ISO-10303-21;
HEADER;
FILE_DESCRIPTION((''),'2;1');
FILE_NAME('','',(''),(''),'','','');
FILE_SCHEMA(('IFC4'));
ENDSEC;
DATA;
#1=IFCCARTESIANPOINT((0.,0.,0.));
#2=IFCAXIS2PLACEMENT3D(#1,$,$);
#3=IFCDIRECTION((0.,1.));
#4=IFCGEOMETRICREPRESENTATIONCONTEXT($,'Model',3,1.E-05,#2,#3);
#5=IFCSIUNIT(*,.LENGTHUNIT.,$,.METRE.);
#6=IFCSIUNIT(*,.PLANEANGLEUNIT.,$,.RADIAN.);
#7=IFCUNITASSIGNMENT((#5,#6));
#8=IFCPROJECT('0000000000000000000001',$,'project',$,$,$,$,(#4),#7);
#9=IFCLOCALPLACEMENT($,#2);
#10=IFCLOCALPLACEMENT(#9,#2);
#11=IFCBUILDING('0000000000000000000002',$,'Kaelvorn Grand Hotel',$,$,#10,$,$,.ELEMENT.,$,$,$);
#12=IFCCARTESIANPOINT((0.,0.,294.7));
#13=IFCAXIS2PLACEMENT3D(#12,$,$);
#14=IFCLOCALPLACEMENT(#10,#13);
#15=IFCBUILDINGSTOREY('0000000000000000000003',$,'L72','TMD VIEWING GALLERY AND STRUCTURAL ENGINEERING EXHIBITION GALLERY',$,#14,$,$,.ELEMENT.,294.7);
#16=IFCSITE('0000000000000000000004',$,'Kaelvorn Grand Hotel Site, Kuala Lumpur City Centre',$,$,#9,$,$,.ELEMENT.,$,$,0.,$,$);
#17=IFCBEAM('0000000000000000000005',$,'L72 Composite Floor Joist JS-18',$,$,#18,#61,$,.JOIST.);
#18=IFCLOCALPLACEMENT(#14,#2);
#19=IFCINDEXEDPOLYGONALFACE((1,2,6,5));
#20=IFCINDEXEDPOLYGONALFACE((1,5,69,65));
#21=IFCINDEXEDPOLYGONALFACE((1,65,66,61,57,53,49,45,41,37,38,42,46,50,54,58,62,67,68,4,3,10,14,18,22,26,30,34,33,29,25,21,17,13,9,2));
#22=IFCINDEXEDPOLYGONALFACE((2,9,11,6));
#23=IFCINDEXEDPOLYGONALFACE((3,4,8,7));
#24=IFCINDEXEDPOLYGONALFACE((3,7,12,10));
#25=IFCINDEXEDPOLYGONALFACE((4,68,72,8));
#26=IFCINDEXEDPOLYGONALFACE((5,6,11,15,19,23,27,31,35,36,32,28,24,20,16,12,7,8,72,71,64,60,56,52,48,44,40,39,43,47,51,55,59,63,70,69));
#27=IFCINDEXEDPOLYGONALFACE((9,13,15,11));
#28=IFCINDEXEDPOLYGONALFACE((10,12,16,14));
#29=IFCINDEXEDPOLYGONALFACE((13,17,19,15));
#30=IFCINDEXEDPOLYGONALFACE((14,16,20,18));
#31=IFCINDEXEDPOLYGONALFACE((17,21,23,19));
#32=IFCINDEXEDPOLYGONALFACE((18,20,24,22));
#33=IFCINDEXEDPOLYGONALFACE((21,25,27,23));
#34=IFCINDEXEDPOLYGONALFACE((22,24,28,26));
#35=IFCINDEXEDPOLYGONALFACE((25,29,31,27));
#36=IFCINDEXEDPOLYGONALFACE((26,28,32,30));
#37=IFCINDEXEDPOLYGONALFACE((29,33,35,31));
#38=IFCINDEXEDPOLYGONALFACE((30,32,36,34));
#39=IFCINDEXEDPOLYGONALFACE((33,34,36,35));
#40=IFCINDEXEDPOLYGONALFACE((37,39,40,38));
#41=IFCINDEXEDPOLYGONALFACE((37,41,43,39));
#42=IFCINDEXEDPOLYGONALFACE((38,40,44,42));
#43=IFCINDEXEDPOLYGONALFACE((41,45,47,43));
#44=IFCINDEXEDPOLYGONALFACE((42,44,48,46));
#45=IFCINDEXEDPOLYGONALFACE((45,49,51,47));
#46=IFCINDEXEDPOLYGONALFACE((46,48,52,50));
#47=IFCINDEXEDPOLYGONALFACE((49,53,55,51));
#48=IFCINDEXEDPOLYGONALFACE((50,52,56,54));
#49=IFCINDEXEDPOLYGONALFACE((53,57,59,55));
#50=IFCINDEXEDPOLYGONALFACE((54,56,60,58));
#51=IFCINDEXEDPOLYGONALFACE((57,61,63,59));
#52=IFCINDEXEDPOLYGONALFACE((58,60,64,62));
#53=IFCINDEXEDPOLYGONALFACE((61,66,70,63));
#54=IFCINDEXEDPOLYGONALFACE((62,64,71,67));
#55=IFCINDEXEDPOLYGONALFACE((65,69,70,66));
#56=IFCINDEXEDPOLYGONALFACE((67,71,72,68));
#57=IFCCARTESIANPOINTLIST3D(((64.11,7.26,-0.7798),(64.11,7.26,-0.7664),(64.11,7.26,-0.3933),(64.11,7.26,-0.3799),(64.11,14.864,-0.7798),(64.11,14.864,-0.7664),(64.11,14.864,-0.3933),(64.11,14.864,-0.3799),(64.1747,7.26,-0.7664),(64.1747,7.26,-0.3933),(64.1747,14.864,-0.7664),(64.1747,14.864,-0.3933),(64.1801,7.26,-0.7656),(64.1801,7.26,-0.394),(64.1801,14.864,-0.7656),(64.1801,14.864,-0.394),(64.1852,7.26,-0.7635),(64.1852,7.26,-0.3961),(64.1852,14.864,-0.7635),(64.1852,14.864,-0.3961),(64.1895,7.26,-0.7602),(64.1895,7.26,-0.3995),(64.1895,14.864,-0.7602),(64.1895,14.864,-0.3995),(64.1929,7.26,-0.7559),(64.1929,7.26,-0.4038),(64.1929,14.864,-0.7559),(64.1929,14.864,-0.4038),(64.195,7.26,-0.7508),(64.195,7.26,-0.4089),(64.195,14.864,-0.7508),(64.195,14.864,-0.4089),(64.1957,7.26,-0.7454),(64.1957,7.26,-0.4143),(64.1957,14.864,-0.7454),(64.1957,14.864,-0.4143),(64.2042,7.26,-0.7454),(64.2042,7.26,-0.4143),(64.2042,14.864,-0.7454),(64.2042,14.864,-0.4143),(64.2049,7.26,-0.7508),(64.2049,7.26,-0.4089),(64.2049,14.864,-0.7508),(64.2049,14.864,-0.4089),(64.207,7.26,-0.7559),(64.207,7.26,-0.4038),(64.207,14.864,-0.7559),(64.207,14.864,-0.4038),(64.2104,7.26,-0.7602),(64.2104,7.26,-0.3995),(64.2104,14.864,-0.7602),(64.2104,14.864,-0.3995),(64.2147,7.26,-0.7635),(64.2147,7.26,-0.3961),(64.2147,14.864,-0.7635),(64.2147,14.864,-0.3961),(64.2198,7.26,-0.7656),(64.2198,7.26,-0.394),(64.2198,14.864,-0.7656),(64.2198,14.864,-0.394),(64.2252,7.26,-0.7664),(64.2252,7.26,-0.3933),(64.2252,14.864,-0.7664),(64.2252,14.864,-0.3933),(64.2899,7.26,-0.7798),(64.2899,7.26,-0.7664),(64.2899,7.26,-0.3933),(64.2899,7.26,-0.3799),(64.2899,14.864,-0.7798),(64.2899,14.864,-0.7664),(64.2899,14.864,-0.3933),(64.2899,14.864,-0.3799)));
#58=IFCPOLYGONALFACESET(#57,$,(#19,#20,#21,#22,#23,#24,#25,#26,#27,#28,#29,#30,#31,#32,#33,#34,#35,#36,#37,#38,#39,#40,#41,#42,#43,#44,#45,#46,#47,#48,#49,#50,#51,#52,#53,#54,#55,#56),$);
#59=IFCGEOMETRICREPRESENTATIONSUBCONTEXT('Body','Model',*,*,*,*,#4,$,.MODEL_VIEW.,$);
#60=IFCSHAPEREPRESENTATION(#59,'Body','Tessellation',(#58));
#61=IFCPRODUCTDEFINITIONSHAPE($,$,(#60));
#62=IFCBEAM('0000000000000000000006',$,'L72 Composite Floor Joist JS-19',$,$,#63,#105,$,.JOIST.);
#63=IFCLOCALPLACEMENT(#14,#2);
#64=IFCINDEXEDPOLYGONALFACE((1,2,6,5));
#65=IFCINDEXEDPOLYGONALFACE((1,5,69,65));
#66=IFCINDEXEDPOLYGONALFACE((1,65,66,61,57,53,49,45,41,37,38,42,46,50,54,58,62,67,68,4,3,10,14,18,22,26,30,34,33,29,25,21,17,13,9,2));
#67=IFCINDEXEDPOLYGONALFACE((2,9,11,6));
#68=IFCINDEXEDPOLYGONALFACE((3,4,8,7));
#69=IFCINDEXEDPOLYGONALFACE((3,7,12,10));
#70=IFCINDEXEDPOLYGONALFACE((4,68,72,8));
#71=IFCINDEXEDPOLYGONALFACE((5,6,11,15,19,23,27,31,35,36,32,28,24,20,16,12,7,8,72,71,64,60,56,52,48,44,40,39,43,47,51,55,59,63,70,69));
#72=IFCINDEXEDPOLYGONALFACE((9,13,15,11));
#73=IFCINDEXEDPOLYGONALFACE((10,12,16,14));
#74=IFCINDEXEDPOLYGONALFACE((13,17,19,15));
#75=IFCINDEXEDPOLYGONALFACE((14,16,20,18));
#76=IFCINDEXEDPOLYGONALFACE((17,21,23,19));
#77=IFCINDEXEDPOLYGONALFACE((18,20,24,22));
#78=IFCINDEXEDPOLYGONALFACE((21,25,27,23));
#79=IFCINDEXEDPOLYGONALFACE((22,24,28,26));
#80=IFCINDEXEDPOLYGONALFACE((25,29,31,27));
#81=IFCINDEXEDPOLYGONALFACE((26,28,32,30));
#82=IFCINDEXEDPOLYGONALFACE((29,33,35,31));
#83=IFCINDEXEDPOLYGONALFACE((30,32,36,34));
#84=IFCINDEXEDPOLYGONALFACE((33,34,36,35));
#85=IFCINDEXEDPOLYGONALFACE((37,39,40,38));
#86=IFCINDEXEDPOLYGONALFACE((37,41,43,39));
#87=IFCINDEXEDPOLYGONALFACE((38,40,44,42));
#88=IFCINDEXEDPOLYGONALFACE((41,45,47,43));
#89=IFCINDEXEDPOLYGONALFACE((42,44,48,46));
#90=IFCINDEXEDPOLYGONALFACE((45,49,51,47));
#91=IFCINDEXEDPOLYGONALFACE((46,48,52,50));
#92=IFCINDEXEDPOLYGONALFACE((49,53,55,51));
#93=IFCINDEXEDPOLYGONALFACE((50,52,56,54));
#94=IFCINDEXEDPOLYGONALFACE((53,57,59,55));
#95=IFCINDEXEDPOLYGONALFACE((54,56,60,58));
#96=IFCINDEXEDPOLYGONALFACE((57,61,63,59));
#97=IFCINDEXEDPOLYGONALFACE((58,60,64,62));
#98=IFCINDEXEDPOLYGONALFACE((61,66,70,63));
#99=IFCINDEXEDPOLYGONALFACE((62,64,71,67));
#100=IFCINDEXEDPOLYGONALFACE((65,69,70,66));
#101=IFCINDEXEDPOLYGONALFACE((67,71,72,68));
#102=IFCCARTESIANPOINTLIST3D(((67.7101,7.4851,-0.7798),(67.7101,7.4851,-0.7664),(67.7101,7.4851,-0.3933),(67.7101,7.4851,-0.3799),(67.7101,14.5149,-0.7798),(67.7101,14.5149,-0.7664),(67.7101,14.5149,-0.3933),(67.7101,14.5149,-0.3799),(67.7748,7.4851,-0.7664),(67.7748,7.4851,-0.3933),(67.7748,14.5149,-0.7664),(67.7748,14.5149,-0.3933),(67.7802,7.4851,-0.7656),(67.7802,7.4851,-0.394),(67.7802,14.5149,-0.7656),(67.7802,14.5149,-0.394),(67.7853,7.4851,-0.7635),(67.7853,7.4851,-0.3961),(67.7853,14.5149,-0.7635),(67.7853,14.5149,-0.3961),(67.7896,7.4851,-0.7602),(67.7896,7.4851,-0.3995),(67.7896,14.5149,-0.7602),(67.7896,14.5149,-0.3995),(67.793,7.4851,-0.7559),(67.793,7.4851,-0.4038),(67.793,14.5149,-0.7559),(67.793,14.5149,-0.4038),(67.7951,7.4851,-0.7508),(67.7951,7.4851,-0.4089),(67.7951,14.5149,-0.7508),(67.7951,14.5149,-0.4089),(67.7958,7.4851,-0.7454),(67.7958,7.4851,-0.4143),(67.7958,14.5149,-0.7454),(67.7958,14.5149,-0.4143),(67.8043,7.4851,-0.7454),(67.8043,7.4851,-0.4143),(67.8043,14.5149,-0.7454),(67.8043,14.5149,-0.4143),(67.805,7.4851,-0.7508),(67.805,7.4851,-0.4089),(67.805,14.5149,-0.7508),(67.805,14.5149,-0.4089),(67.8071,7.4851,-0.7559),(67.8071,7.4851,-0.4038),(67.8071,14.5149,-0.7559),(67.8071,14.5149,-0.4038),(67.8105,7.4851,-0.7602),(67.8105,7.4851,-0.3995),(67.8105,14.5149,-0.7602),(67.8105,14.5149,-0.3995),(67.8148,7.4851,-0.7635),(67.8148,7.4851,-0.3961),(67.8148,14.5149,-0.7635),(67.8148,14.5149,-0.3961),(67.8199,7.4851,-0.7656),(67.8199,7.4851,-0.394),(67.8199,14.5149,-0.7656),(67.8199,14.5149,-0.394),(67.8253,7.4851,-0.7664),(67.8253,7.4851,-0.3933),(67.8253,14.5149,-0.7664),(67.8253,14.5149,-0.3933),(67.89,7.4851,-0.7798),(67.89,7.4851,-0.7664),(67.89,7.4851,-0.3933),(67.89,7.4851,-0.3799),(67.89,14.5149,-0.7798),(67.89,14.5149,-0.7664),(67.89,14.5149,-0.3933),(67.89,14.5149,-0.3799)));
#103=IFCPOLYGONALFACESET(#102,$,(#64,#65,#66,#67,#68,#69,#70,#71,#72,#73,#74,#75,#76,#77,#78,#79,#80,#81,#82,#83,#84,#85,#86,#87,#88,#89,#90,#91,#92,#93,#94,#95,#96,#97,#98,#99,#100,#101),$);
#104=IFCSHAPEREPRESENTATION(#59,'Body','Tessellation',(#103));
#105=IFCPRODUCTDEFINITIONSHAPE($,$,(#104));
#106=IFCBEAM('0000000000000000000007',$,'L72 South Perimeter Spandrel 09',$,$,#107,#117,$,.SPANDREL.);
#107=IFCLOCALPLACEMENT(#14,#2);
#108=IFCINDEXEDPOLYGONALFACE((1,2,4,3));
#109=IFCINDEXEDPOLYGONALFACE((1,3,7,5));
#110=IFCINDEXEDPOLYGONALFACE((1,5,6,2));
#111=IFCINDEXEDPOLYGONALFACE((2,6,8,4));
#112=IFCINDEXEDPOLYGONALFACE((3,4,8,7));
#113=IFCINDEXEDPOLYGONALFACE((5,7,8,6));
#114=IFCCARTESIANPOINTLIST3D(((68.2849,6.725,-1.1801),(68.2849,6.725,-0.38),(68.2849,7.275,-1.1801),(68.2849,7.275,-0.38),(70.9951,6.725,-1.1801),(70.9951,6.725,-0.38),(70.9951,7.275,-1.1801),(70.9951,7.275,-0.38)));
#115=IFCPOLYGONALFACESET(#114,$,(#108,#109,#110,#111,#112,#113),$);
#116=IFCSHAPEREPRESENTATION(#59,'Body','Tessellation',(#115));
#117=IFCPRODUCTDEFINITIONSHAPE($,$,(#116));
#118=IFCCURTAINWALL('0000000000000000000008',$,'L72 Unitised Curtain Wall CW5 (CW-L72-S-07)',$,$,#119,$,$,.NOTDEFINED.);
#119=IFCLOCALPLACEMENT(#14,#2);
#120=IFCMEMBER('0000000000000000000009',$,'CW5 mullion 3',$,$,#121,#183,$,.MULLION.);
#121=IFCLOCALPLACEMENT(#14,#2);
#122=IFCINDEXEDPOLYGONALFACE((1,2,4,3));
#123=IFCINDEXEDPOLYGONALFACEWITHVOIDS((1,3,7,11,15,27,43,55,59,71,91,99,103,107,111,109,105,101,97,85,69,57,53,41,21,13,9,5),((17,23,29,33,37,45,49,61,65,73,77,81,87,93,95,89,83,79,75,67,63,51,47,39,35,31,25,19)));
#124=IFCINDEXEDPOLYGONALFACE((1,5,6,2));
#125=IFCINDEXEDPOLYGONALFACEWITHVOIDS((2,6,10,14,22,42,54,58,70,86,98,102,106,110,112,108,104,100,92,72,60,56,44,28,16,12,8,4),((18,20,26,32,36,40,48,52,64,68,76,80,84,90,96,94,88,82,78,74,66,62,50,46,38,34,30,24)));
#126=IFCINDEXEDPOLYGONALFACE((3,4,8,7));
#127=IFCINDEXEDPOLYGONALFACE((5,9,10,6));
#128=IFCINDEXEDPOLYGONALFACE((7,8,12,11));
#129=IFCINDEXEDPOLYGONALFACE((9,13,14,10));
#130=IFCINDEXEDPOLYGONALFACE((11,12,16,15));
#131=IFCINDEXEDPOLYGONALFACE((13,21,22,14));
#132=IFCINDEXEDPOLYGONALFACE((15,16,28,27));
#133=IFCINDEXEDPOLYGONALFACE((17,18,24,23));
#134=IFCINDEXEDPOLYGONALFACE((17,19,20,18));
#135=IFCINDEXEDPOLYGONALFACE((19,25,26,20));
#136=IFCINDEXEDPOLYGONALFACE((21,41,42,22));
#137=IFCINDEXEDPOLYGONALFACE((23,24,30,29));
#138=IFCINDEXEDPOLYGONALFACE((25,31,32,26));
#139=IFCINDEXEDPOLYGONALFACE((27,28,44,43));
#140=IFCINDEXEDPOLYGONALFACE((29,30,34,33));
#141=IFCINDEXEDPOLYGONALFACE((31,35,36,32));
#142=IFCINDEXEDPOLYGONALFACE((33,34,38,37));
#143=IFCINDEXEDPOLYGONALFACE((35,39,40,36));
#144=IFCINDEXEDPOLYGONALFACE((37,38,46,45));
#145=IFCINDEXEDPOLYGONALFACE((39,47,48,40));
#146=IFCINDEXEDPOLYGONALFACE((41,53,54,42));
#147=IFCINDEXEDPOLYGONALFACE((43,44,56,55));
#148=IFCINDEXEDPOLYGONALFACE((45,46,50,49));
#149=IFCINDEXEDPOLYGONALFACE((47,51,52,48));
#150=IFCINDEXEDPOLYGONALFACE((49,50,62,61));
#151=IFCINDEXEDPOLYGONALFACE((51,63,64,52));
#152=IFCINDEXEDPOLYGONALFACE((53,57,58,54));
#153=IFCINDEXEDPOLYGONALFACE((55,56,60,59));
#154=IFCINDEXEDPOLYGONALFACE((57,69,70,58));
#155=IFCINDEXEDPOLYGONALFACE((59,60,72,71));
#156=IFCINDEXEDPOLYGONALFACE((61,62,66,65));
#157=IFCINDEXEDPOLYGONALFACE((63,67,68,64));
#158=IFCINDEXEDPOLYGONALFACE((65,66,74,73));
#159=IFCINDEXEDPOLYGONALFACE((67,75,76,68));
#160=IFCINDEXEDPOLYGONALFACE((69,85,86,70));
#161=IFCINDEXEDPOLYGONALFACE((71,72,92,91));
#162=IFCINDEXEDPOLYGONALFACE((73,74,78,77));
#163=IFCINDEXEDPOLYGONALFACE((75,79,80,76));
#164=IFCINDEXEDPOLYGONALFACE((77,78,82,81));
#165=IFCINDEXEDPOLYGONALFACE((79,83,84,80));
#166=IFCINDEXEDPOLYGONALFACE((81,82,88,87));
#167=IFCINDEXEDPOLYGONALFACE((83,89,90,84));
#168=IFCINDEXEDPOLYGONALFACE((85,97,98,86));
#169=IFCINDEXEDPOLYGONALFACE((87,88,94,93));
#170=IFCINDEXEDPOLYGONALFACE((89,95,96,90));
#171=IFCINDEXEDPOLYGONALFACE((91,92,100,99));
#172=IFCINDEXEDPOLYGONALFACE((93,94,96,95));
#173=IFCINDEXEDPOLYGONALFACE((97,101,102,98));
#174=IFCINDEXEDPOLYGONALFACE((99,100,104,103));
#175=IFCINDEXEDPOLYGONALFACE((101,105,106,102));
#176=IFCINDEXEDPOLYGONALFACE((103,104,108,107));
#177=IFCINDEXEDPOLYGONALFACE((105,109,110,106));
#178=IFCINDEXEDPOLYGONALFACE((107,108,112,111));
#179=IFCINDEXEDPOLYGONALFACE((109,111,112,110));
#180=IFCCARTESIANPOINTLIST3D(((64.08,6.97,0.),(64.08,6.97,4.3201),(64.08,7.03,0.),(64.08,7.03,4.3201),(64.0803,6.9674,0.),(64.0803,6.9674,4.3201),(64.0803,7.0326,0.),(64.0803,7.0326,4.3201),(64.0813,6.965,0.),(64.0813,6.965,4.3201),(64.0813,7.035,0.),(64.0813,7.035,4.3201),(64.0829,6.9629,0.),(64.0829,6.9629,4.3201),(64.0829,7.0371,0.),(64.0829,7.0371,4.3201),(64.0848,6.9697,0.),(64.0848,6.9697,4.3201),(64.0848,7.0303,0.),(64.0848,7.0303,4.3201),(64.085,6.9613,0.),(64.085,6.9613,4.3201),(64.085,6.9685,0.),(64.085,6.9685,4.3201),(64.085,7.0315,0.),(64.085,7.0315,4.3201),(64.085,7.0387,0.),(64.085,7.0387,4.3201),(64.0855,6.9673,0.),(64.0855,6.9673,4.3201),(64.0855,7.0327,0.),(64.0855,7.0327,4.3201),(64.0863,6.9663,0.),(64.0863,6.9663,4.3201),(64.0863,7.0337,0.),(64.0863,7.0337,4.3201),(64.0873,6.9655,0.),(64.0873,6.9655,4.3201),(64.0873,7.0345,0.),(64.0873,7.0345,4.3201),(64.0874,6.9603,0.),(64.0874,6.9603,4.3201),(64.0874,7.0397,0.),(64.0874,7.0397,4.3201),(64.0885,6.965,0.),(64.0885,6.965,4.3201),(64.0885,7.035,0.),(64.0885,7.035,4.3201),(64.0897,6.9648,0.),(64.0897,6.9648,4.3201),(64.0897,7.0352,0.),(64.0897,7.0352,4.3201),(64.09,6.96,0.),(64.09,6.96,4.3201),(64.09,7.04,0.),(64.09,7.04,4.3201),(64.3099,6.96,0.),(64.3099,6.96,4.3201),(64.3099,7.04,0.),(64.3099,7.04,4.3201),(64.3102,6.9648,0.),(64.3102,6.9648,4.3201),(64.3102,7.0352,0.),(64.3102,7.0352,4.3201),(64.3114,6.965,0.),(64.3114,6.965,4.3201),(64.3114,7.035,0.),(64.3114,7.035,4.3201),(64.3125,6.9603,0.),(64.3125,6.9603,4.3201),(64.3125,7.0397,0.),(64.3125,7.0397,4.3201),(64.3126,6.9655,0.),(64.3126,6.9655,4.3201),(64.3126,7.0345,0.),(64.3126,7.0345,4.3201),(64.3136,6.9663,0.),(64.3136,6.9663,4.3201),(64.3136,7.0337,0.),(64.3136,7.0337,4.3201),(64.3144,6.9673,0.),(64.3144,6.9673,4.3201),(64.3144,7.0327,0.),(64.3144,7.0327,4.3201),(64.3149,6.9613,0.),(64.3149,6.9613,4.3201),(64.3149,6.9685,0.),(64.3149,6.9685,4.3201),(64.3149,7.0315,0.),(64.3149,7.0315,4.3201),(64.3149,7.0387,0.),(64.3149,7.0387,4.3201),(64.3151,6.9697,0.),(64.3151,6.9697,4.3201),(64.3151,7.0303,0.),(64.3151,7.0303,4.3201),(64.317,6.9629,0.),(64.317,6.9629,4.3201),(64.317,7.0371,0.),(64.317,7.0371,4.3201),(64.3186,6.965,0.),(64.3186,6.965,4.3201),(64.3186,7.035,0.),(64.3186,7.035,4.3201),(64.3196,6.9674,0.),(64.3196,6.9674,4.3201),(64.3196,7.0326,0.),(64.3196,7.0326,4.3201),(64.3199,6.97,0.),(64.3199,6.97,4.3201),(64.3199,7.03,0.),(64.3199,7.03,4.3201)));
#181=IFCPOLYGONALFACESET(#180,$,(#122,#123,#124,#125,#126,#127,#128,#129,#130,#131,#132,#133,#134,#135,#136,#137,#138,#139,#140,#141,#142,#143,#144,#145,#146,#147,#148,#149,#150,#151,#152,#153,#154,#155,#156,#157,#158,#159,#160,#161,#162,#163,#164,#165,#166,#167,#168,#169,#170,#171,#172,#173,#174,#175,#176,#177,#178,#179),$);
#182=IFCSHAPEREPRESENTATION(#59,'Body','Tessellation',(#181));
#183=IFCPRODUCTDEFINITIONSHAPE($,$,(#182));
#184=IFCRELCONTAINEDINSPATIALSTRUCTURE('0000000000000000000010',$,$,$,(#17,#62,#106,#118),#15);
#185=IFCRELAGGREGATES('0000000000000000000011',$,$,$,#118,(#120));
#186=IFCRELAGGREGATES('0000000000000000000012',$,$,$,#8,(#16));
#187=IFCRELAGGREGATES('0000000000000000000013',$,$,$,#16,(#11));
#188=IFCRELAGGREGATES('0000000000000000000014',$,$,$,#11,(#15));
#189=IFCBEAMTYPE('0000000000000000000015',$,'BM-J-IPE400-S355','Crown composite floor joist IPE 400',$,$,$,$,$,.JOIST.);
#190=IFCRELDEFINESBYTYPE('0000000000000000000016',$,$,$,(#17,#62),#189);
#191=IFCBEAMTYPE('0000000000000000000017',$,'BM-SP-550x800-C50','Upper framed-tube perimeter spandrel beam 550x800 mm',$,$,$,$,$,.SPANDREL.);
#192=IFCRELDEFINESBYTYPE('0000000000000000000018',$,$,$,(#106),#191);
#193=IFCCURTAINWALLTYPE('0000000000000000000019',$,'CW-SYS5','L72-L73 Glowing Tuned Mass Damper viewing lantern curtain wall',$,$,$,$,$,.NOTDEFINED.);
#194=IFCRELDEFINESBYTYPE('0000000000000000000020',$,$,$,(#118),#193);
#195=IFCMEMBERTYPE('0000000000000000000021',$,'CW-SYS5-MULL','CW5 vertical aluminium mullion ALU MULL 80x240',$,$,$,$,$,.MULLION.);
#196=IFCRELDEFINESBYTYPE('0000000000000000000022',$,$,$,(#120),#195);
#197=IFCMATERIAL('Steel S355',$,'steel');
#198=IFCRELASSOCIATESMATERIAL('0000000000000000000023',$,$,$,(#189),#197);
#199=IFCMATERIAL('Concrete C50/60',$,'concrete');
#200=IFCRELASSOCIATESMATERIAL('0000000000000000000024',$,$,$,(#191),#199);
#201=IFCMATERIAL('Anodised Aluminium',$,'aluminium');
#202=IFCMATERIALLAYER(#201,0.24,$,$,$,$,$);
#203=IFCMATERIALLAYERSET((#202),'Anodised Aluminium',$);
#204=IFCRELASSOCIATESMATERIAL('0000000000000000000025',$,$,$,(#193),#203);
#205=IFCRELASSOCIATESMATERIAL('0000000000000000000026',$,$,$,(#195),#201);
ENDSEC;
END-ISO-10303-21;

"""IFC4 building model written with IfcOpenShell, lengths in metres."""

from ifc_helpers import new_model, si_unit, direction, frame, origin, origin_2d, place, context, subcontext, project, spatial, rectangle, hollow_rectangle, i_section, extrude, material, layer, layer_set, material_profile, profile_set, type_object, element, aggregate, save


model = new_model("IFC4")

# Units and contexts
model_context = context("Model", 3, precision=1e-05, world=origin(), true_north=direction((0.0, 1.0)))
body_context = subcontext(model_context, "Body", "Model", "MODEL_VIEW")
ifc_project = project(units=[si_unit("LENGTHUNIT", "METRE"), si_unit("PLANEANGLEUNIT", "RADIAN")], contexts=[model_context])

# Site, building, storey
site_placement = place(None, origin())
site = spatial("IfcSite", under=ifc_project, at=site_placement, Name="Kaelvorn Grand Hotel Site, Kuala Lumpur City Centre", CompositionType="ELEMENT", RefElevation=0.0)
building_placement = place(site_placement, origin())
building = spatial("IfcBuilding", under=site, at=building_placement, Name="Kaelvorn Grand Hotel", CompositionType="ELEMENT")
storey_placement = place(building_placement, frame((0.0, 0.0, 294.7)))
storey = spatial("IfcBuildingStorey", under=building, at=storey_placement, Name="L72", Description="TMD VIEWING GALLERY AND STRUCTURAL ENGINEERING EXHIBITION GALLERY", CompositionType="ELEMENT", Elevation=294.7)

# Shared definitions
ifc_material_1 = material(Name="Concrete C50/60", Category="concrete")

# Beams
ifc_material_2 = material(Name="Steel S355", Category="steel")
ifc_material_profile_1 = material_profile(ifc_material_2, i_section(OverallWidth=0.1799, OverallDepth=0.3999, WebThickness=0.0085, FlangeThickness=0.0134, FilletRadius=0.021, at=origin_2d()), Name="IPE 400")
ifc_profile_set_1 = profile_set([ifc_material_profile_1], Name="Steel S355")
beam_type_1 = type_object("IfcBeamType", Name="BM-J-IPE400-S355", Description="Crown composite floor joist IPE 400", PredefinedType="JOIST", material=ifc_profile_set_1)
beam_1_placement = place(storey_placement, frame((64.2, 7.26, -0.5798), z_axis=(0.0, 1.0, 0.0), x_axis=(-1.0, 0.0, 0.0)))
element("IfcBeam", 1, at=beam_1_placement, inside=storey, type_object=beam_type_1, Name="L72 Composite Floor Joist JS-18", PredefinedType="JOIST", context=body_context, shape_type="SweptSolid", body=[
    extrude(i_section(OverallWidth=0.1799, OverallDepth=0.3999, WebThickness=0.0085, FlangeThickness=0.0134, FilletRadius=0.021, at=origin_2d()), origin(), (0.0, 0.0, 1.0), 7.604),
])
beam_2_placement = place(storey_placement, frame((67.8, 7.4851, -0.5798), z_axis=(0.0, 1.0, 0.0), x_axis=(-1.0, 0.0, 0.0)))
element("IfcBeam", 2, at=beam_2_placement, inside=storey, type_object=beam_type_1, Name="L72 Composite Floor Joist JS-19", PredefinedType="JOIST", context=body_context, shape_type="SweptSolid", body=[
    extrude(i_section(OverallWidth=0.1799, OverallDepth=0.3999, WebThickness=0.0085, FlangeThickness=0.0134, FilletRadius=0.021, at=origin_2d()), origin(), (0.0, 0.0, 1.0), 7.0298),
])
ifc_material_profile_2 = material_profile(ifc_material_1, rectangle(XDim=0.55, YDim=0.8, at=origin_2d()), Name="RC SPANDREL 550x800")
ifc_profile_set_2 = profile_set([ifc_material_profile_2], Name="Concrete C50/60")
beam_type_2 = type_object("IfcBeamType", Name="BM-SP-550x800-C50", Description="Upper framed-tube perimeter spandrel beam 550x800 mm", PredefinedType="SPANDREL", material=ifc_profile_set_2)
beam_3_placement = place(storey_placement, frame((68.2849, 7.0, -0.78), z_axis=(1.0, 0.0, 0.0), x_axis=(0.0, 1.0, 0.0)))
element("IfcBeam", 3, at=beam_3_placement, inside=storey, type_object=beam_type_2, Name="L72 South Perimeter Spandrel 09", PredefinedType="SPANDREL", context=body_context, shape_type="SweptSolid", body=[
    extrude(rectangle(XDim=0.55, YDim=0.8, at=origin_2d()), origin(), (0.0, 0.0, 1.0), 2.7102),
])

# Curtain wall, member
ifc_material_3 = material(Name="Anodised Aluminium", Category="aluminium")
ifc_layer_1 = layer(ifc_material_3, 0.24)
ifc_layer_set_1 = layer_set([ifc_layer_1], Name="Anodised Aluminium")
curtain_wall_type = type_object("IfcCurtainWallType", Name="CW-SYS5", Description="L72-L73 Glowing Tuned Mass Damper viewing lantern curtain wall", PredefinedType="NOTDEFINED", material=ifc_layer_set_1)
curtain_wall_placement = place(storey_placement, origin())
curtain_wall = element("IfcCurtainWall", 4, at=curtain_wall_placement, inside=storey, type_object=curtain_wall_type, Name="L72 Unitised Curtain Wall CW5 (CW-L72-S-07)", PredefinedType="NOTDEFINED")
ifc_material_profile_3 = material_profile(ifc_material_3, hollow_rectangle(XDim=0.0801, YDim=0.24, WallThickness=0.0049, InnerFilletRadius=0.0049, OuterFilletRadius=0.01, at=origin_2d()), Name="ALU MULL 80x240")
ifc_profile_set_3 = profile_set([ifc_material_profile_3], Name="Anodised Aluminium")
member_type_1 = type_object("IfcMemberType", Name="CW-SYS5-MULL", Description="CW5 vertical aluminium mullion ALU MULL 80x240", PredefinedType="MULLION", material=ifc_profile_set_3)
member_1_placement = place(storey_placement, frame((64.2, 7.0, 0.0), z_axis=(0.0, 0.0, 1.0), x_axis=(0.0, 1.0, 0.0)))
member_1 = element("IfcMember", 5, at=member_1_placement, type_object=member_type_1, Name="CW5 mullion 3", PredefinedType="MULLION", context=body_context, shape_type="SweptSolid", body=[
    extrude(hollow_rectangle(XDim=0.0801, YDim=0.24, WallThickness=0.0049, InnerFilletRadius=0.0049, OuterFilletRadius=0.01, at=origin_2d()), origin(), (0.0, 0.0, 1.0), 4.3201),
])
aggregate(curtain_wall, [member_1])

save(model, "model.ifc")
